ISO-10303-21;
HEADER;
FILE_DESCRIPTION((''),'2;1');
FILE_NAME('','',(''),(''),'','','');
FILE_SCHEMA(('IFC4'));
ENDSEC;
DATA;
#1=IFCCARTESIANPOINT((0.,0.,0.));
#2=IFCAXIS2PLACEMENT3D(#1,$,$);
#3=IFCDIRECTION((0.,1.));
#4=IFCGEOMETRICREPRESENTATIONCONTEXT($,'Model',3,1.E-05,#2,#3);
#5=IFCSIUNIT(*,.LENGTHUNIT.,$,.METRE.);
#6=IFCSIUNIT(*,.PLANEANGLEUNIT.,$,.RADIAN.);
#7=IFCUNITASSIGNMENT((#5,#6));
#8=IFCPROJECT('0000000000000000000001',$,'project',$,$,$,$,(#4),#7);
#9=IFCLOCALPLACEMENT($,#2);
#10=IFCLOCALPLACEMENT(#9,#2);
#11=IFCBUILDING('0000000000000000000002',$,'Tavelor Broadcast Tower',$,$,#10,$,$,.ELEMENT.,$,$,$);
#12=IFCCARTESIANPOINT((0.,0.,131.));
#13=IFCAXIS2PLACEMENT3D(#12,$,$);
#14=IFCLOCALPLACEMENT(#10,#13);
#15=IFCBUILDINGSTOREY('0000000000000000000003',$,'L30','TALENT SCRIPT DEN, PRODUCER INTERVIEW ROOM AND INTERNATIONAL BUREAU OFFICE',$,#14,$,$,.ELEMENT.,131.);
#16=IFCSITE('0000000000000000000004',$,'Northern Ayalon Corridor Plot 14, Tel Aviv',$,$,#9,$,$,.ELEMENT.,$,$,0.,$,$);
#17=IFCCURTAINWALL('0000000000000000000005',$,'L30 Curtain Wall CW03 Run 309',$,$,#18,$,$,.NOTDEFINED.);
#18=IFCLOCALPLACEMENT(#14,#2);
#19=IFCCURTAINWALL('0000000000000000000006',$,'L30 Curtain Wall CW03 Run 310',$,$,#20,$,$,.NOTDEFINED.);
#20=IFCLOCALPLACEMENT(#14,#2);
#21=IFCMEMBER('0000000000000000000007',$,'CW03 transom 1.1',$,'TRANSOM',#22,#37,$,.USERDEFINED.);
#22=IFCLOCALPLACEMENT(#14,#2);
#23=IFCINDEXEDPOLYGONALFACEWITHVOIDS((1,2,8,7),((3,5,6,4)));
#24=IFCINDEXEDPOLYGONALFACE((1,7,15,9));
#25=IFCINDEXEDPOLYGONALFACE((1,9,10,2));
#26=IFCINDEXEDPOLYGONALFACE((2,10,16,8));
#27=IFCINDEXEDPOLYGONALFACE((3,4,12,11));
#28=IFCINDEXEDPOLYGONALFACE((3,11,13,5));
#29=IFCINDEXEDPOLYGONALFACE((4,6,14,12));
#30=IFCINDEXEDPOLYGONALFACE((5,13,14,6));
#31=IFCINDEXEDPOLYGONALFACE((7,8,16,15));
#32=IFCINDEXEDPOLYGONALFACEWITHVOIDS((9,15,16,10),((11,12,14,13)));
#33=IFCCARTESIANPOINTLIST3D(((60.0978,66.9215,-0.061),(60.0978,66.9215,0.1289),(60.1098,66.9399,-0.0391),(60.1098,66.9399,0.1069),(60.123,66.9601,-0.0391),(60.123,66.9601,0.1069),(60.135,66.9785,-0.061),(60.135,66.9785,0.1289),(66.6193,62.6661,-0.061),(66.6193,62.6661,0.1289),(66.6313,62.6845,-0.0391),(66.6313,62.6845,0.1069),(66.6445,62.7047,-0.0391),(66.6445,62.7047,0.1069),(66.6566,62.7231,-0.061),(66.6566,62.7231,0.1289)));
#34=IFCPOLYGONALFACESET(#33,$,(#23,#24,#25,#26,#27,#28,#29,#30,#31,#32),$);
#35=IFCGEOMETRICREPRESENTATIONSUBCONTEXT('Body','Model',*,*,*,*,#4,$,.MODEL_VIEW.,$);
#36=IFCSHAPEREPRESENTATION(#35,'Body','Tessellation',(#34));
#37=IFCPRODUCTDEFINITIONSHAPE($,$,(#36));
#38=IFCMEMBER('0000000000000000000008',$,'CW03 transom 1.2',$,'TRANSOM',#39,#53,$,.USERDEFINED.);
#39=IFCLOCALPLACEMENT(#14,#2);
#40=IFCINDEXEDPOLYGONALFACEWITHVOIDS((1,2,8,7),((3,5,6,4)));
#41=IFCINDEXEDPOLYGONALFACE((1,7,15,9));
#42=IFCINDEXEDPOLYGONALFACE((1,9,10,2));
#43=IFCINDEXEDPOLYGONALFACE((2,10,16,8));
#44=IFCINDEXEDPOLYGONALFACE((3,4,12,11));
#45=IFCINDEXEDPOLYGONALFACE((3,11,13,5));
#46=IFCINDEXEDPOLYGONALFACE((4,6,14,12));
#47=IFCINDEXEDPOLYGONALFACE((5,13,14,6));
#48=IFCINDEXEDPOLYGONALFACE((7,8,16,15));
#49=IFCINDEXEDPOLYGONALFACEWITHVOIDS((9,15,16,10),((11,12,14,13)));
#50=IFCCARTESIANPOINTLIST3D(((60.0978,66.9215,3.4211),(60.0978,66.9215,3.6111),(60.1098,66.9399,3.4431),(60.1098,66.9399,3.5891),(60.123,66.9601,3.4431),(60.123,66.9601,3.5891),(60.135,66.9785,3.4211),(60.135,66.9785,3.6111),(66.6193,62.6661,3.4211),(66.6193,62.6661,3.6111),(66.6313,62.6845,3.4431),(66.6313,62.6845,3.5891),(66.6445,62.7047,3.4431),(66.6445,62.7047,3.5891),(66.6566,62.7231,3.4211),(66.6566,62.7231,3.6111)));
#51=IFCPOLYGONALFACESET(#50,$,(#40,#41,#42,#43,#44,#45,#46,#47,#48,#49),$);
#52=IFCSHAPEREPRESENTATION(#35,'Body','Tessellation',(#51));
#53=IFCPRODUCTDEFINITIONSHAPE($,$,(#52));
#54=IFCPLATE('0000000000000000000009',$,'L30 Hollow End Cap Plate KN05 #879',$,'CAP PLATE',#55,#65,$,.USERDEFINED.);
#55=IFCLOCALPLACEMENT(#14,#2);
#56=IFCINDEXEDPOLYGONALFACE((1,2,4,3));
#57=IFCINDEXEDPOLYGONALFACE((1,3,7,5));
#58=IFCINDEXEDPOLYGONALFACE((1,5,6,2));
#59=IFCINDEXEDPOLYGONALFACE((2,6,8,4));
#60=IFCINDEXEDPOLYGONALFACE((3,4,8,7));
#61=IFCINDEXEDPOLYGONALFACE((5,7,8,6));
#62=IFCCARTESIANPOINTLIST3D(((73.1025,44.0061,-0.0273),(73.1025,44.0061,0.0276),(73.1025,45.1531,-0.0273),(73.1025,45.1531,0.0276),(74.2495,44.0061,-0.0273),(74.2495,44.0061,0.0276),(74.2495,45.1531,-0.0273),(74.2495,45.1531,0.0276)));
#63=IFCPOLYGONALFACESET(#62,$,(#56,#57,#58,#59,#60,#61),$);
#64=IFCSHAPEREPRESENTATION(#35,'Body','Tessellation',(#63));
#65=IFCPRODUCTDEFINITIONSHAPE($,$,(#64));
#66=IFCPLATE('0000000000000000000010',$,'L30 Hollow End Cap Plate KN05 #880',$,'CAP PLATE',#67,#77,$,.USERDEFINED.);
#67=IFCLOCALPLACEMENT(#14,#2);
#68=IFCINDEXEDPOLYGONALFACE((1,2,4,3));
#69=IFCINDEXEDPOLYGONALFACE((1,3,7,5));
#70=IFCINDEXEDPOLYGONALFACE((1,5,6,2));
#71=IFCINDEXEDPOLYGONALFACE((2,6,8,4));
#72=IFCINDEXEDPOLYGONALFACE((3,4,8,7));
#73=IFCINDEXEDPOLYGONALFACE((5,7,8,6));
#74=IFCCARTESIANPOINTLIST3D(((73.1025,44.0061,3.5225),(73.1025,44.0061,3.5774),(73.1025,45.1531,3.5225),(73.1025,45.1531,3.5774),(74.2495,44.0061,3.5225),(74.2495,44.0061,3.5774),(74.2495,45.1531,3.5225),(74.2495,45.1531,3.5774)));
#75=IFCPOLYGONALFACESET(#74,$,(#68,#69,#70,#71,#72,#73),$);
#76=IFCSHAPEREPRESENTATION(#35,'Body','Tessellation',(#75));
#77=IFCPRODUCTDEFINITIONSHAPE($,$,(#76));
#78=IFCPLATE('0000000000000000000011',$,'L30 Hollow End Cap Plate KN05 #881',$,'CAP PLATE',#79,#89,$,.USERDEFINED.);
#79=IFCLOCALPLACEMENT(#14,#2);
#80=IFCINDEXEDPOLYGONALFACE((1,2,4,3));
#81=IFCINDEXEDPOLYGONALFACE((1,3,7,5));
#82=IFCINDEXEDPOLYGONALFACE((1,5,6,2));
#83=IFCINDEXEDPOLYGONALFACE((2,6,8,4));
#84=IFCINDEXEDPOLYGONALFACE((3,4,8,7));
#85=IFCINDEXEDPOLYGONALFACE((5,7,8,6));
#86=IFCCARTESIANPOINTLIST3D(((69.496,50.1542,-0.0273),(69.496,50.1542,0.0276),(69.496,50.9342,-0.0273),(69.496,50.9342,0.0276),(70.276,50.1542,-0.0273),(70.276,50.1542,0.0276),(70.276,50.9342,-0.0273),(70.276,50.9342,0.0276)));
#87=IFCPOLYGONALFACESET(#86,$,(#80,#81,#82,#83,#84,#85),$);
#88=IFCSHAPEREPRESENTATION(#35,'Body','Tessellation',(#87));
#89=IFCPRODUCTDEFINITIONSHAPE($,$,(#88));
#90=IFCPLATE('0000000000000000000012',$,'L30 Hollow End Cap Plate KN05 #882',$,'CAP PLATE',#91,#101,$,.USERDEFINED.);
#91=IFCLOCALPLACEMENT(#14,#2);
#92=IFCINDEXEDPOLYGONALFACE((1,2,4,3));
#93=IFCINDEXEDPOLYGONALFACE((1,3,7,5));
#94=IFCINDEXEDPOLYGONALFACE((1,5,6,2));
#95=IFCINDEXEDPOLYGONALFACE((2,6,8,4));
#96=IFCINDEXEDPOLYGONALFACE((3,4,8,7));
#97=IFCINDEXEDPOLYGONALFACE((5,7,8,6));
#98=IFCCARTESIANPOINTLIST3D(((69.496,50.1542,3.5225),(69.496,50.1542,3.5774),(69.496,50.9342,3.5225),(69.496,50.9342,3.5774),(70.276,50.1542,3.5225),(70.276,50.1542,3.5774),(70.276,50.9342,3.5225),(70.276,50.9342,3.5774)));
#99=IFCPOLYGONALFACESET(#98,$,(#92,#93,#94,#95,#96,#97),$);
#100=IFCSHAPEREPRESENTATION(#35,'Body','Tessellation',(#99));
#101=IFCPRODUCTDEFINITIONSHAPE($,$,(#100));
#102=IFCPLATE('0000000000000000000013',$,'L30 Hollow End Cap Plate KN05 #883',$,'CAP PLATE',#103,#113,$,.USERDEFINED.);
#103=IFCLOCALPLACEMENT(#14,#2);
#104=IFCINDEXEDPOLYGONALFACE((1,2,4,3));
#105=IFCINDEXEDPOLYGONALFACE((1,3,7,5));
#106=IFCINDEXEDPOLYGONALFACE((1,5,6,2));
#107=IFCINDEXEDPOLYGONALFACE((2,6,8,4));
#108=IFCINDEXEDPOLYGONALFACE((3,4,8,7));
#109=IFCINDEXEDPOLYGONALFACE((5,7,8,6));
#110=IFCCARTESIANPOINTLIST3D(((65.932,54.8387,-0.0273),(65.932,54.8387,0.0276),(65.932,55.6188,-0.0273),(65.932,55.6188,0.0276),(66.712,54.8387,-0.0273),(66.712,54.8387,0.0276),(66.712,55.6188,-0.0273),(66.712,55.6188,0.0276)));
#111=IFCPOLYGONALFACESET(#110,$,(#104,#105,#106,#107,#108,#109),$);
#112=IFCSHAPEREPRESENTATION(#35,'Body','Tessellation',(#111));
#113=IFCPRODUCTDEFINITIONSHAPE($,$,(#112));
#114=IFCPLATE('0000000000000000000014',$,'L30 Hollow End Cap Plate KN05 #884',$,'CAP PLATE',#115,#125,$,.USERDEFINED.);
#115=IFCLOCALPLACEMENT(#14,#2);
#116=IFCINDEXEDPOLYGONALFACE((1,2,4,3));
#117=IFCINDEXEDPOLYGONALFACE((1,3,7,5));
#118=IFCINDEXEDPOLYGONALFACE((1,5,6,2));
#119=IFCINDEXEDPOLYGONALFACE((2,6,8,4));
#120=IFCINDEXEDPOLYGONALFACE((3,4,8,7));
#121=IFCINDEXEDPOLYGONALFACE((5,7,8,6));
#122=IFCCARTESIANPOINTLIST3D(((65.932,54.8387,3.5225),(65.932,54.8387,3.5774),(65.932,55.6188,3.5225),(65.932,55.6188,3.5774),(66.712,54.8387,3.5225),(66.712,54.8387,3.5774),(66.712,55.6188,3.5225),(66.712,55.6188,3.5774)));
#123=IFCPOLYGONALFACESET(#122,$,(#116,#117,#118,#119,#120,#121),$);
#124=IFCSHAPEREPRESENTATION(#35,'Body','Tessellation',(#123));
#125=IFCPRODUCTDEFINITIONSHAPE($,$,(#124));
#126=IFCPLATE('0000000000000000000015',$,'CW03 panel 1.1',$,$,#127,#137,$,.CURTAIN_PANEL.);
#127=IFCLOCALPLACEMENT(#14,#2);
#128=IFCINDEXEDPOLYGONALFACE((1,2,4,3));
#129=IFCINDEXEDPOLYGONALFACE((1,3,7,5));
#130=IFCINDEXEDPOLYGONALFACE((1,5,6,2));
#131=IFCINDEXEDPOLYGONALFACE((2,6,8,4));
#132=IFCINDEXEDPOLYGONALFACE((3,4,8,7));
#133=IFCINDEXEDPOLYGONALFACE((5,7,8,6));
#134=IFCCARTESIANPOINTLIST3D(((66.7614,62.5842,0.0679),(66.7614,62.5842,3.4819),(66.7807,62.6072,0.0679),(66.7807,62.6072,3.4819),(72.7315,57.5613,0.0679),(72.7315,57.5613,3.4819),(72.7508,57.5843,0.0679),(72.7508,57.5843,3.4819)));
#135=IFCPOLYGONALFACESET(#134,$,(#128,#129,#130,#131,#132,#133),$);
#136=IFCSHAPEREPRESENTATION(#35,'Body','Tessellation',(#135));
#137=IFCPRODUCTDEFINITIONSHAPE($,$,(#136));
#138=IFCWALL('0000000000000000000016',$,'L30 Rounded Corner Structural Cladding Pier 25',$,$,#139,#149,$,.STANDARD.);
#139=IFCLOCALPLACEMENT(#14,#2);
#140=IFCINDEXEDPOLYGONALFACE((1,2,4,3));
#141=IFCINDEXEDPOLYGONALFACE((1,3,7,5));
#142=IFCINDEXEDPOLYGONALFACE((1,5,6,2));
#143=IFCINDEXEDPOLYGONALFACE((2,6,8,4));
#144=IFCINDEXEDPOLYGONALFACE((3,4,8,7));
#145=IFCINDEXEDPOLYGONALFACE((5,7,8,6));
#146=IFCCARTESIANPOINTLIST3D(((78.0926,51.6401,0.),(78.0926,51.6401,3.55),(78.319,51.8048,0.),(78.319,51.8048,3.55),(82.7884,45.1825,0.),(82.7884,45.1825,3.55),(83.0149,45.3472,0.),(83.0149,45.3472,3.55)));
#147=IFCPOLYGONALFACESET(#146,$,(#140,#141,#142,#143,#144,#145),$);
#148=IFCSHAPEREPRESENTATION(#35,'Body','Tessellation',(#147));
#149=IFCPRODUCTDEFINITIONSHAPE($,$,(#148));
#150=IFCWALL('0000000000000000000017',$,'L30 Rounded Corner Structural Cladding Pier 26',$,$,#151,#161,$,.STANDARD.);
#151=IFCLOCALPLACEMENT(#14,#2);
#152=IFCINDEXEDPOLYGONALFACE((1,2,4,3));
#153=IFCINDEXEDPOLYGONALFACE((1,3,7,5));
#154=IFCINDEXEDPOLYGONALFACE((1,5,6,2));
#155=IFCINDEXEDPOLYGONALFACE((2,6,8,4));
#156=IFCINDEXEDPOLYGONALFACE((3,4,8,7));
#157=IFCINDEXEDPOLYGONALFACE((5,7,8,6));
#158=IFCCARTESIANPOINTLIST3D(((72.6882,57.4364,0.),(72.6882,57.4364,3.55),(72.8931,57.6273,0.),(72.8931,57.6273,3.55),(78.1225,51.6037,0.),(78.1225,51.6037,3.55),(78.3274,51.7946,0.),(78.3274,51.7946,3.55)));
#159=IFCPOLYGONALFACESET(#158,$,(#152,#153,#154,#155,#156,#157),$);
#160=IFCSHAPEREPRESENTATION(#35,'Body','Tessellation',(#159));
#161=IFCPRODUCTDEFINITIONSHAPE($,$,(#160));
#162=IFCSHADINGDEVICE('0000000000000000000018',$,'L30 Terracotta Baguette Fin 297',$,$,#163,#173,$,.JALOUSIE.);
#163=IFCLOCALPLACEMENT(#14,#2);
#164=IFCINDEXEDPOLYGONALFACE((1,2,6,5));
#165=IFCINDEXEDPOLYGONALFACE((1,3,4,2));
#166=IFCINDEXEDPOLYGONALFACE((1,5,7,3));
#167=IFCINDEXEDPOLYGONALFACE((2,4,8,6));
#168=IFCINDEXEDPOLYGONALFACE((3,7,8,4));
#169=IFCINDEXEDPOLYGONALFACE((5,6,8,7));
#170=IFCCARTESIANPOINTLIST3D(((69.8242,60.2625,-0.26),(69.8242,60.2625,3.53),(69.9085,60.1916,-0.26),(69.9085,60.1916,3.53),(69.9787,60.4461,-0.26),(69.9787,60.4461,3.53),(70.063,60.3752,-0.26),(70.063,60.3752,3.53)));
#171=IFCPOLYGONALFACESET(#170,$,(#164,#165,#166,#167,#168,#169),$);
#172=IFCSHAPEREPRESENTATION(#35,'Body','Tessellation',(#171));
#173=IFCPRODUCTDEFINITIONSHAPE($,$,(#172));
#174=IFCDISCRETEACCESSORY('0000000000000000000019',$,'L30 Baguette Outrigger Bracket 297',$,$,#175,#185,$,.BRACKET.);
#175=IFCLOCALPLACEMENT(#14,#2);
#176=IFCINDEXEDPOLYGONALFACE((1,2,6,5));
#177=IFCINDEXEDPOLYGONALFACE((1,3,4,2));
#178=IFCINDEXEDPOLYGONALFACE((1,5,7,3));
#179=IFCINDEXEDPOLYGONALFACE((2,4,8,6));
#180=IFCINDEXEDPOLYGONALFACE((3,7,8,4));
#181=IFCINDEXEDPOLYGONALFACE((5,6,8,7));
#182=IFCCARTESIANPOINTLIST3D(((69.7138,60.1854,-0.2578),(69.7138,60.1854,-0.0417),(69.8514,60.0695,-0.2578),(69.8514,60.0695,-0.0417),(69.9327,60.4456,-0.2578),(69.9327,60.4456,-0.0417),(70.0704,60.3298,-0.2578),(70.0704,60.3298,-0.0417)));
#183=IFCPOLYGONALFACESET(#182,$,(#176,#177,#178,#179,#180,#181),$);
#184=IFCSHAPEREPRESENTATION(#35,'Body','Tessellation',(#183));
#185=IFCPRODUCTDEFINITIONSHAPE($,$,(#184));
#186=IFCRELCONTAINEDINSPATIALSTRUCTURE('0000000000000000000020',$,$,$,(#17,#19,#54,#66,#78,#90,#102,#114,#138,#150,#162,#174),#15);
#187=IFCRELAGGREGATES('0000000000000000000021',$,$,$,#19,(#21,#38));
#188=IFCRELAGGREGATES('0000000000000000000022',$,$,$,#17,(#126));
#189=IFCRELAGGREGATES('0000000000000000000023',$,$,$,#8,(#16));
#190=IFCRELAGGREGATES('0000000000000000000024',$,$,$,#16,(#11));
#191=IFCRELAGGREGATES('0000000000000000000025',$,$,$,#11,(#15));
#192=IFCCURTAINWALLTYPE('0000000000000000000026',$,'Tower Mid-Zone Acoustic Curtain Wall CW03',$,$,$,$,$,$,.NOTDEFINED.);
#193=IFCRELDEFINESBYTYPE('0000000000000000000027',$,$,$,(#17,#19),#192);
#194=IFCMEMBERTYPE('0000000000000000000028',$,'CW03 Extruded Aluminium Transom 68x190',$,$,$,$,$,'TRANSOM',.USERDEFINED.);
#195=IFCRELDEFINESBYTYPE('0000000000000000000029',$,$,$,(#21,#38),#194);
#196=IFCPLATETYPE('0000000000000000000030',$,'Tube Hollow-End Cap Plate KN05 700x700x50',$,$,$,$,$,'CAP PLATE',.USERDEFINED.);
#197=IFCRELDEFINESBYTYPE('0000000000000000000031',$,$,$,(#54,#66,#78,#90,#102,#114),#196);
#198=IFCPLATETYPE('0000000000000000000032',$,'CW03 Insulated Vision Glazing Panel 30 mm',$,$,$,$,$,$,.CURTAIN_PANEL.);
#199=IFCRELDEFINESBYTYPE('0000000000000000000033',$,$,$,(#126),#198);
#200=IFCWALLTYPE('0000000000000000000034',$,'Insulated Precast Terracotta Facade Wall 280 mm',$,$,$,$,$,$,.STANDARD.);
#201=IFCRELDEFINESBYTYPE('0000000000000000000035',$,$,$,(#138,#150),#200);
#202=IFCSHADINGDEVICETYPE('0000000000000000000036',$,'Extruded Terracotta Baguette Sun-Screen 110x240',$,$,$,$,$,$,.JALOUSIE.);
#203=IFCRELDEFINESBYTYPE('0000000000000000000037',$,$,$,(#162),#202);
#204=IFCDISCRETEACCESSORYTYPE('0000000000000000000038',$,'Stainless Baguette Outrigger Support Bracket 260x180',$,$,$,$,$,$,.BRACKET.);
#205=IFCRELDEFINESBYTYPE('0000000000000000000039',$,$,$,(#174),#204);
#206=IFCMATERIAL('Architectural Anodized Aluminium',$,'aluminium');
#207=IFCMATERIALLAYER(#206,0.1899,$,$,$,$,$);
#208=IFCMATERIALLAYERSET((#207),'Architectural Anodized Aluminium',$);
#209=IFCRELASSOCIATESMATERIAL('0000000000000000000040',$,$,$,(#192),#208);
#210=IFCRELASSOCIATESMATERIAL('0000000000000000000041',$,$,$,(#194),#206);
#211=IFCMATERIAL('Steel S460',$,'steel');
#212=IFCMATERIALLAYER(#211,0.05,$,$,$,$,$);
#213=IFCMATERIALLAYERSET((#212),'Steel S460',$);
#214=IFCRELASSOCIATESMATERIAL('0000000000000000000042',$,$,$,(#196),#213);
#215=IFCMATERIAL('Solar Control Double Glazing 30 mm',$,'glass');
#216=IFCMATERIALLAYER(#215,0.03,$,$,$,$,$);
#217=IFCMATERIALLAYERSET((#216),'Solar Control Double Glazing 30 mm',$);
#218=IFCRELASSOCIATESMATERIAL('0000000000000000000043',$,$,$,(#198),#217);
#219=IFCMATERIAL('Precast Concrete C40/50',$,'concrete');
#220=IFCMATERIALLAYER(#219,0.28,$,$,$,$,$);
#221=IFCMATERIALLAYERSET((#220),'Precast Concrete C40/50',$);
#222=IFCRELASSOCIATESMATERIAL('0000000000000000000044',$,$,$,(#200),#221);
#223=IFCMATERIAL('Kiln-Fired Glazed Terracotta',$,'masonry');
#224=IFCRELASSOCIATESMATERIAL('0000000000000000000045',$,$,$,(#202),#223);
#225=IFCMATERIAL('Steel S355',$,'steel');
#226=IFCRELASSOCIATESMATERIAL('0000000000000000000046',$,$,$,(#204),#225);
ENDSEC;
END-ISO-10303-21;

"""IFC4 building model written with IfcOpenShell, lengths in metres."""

from ifc_helpers import new_model, si_unit, direction, frame, frame_2d, origin, origin_2d, place, context, subcontext, project, spatial, rectangle, hollow_rectangle, extrude, source, transform, mapped, material, layer, layer_set, material_profile, profile_set, type_object, type_shapes, element, aggregate, save


model = new_model("IFC4")

# Units and contexts
model_context = context("Model", 3, precision=1e-05, world=origin(), true_north=direction((0.0, 1.0)))
body_context = subcontext(model_context, "Body", "Model", "MODEL_VIEW")
ifc_project = project(units=[si_unit("LENGTHUNIT", "METRE"), si_unit("PLANEANGLEUNIT", "RADIAN")], contexts=[model_context])

# Site, building, storey
site_placement = place(None, origin())
site = spatial("IfcSite", under=ifc_project, at=site_placement, Name="Northern Ayalon Corridor Plot 14, Tel Aviv", CompositionType="ELEMENT", RefElevation=0.0)
building_placement = place(site_placement, origin())
building = spatial("IfcBuilding", under=site, at=building_placement, Name="Tavelor Broadcast Tower", CompositionType="ELEMENT")
storey_placement = place(building_placement, frame((0.0, 0.0, 131.0)))
storey = spatial("IfcBuildingStorey", under=building, at=storey_placement, Name="L30", Description="TALENT SCRIPT DEN, PRODUCER INTERVIEW ROOM AND INTERNATIONAL BUREAU OFFICE", CompositionType="ELEMENT", Elevation=131.0)

# Shared definitions
ifc_material_1 = material(Name="Steel S460", Category="steel")

# Shared definitions
ifc_material_2 = material(Name="Steel S355", Category="steel")

# Curtain wall
ifc_material_3 = material(Name="Architectural Anodized Aluminium", Category="aluminium")
ifc_layer_1 = layer(ifc_material_3, 0.1899)
ifc_layer_set_1 = layer_set([ifc_layer_1], Name="Architectural Anodized Aluminium")
curtain_wall_type = type_object("IfcCurtainWallType", Name="Tower Mid-Zone Acoustic Curtain Wall CW03", PredefinedType="NOTDEFINED", material=ifc_layer_set_1)
curtain_wall_1_placement = place(storey_placement, origin())
curtain_wall_1 = element("IfcCurtainWall", 1, at=curtain_wall_1_placement, inside=storey, type_object=curtain_wall_type, Name="L30 Curtain Wall CW03 Run 309", PredefinedType="NOTDEFINED")

# Curtain wall
curtain_wall_2_placement = place(storey_placement, origin())
curtain_wall_2 = element("IfcCurtainWall", 2, at=curtain_wall_2_placement, inside=storey, type_object=curtain_wall_type, Name="L30 Curtain Wall CW03 Run 310", PredefinedType="NOTDEFINED")

# Members
ifc_material_profile_1 = material_profile(ifc_material_3, hollow_rectangle(XDim=0.0681, YDim=0.1899, WallThickness=0.022, at=origin_2d()), Name="RHS 68x190x22")
ifc_profile_set_1 = profile_set([ifc_material_profile_1], Name="Architectural Anodized Aluminium")
member_type_1 = type_object("IfcMemberType", Name="CW03 Extruded Aluminium Transom 68x190", ElementType="TRANSOM", PredefinedType="USERDEFINED", material=ifc_profile_set_1)
shared_shape_1 = source(origin(), body_context, "Body", "SweptSolid", [
    extrude(hollow_rectangle(XDim=0.0681, YDim=0.1899, WallThickness=0.022, at=origin_2d()), origin(), (0.0, 0.0, 1.0), 7.7871),
])
member_1_placement = place(storey_placement, frame((66.6379, 62.6946, 0.0339), z_axis=(-0.83748, 0.546469, 0.0), x_axis=(-0.546469, -0.83748, 0.0)))
member_1 = element("IfcMember", 3, at=member_1_placement, type_object=member_type_1, Name="CW03 transom 1.1", ObjectType="TRANSOM", PredefinedType="USERDEFINED", context=body_context, shape_type="MappedRepresentation", body=[
    mapped(shared_shape_1, transform((0.0, 0.0, 0.0), scale=1.0)),
])
member_2_placement = place(storey_placement, frame((66.6379, 62.6946, 3.5161), z_axis=(-0.83748, 0.546469, 0.0), x_axis=(-0.546469, -0.83748, 0.0)))
member_2 = element("IfcMember", 4, at=member_2_placement, type_object=member_type_1, Name="CW03 transom 1.2", ObjectType="TRANSOM", PredefinedType="USERDEFINED", context=body_context, shape_type="MappedRepresentation", body=[
    mapped(shared_shape_1, transform((0.0, 0.0, 0.0), scale=1.0)),
])
aggregate(curtain_wall_2, [member_1, member_2])

# Plates
ifc_layer_2 = layer(ifc_material_1, 0.05)
ifc_layer_set_2 = layer_set([ifc_layer_2], Name="Steel S460")
plate_type_1 = type_object("IfcPlateType", Name="Tube Hollow-End Cap Plate KN05 700x700x50", ElementType="CAP PLATE", PredefinedType="USERDEFINED", material=ifc_layer_set_2)
shared_shape_2 = source(origin(), body_context, "Body", "SweptSolid", [
    extrude(rectangle(XDim=1.147, YDim=1.147, at=origin_2d()), origin(), (0.0, 0.0, 1.0), 0.0549),
])
for number, where, z_axis, x_axis, name in (
    (5, (73.676, 44.5796, -0.0273), (0.0, 0.0, 1.0), (1.0, 0.0, 0.0), "L30 Hollow End Cap Plate KN05 #879"),
    (6, (73.676, 44.5796, 3.5225), (0.0, 0.0, 1.0), (1.0, 0.0, 0.0), "L30 Hollow End Cap Plate KN05 #880"),
):
    element("IfcPlate", number, at=place(storey_placement, frame(where, z_axis=z_axis, x_axis=x_axis)), inside=storey, type_object=plate_type_1, Name=name, ObjectType="CAP PLATE", PredefinedType="USERDEFINED", context=body_context, shape_type="MappedRepresentation", body=[
        mapped(shared_shape_2, transform((0.0, 0.0, 0.0), scale=1.0)),
    ])
shared_shape_3 = source(origin(), body_context, "Body", "SweptSolid", [
    extrude(rectangle(XDim=0.78, YDim=0.78, at=origin_2d()), origin(), (0.0, 0.0, 1.0), 0.0549),
])
type_shapes(plate_type_1, [shared_shape_2, shared_shape_3])
for number, where, z_axis, x_axis, name in (
    (7, (69.886, 50.5442, -0.0273), (0.0, 0.0, 1.0), (1.0, 0.0, 0.0), "L30 Hollow End Cap Plate KN05 #881"),
    (8, (69.886, 50.5442, 3.5225), (0.0, 0.0, 1.0), (1.0, 0.0, 0.0), "L30 Hollow End Cap Plate KN05 #882"),
    (9, (66.322, 55.2288, -0.0273), (0.0, 0.0, 1.0), (1.0, 0.0, 0.0), "L30 Hollow End Cap Plate KN05 #883"),
    (10, (66.322, 55.2288, 3.5225), (0.0, 0.0, 1.0), (1.0, 0.0, 0.0), "L30 Hollow End Cap Plate KN05 #884"),
):
    element("IfcPlate", number, at=place(storey_placement, frame(where, z_axis=z_axis, x_axis=x_axis)), inside=storey, type_object=plate_type_1, Name=name, ObjectType="CAP PLATE", PredefinedType="USERDEFINED", context=body_context, shape_type="MappedRepresentation", body=[
        mapped(shared_shape_3, transform((0.0, 0.0, 0.0), scale=1.0)),
    ])

# Plate
ifc_material_4 = material(Name="Solar Control Double Glazing 30 mm", Category="glass")
ifc_layer_3 = layer(ifc_material_4, 0.03)
ifc_layer_set_3 = layer_set([ifc_layer_3], Name="Solar Control Double Glazing 30 mm")
plate_type_2 = type_object("IfcPlateType", Name="CW03 Insulated Vision Glazing Panel 30 mm", PredefinedType="CURTAIN_PANEL", material=ifc_layer_set_3)
shared_shape_4 = source(origin(), body_context, "Body", "SweptSolid", [
    extrude(rectangle(XDim=7.802, YDim=0.03, at=origin_2d()), origin(), (0.0, 0.0, 1.0), 3.4141),
])
type_shapes(plate_type_2, [shared_shape_4])
plate_placement = place(storey_placement, frame((69.7561, 60.0842, 0.0679), z_axis=(0.0, 0.0, 1.0), x_axis=(-0.765198, 0.643795, 0.0)))
plate = element("IfcPlate", 11, at=plate_placement, type_object=plate_type_2, Name="CW03 panel 1.1", PredefinedType="CURTAIN_PANEL", context=body_context, shape_type="MappedRepresentation", body=[
    mapped(shared_shape_4, transform((0.0, 0.0, 0.0), scale=1.0)),
])
aggregate(curtain_wall_1, [plate])

# Walls
ifc_material_5 = material(Name="Precast Concrete C40/50", Category="concrete")
ifc_layer_4 = layer(ifc_material_5, 0.28)
ifc_layer_set_4 = layer_set([ifc_layer_4], Name="Precast Concrete C40/50")
wall_type = type_object("IfcWallType", Name="Insulated Precast Terracotta Facade Wall 280 mm", PredefinedType="STANDARD", material=ifc_layer_set_4)
wall_1_placement = place(storey_placement, frame((82.9016, 45.2649, 0.0), z_axis=(0.0, 0.0, 1.0), x_axis=(-0.588124, 0.80877, 0.0)))
element("IfcWall", 12, at=wall_1_placement, inside=storey, type_object=wall_type, Name="L30 Rounded Corner Structural Cladding Pier 25", PredefinedType="STANDARD", context=body_context, shape_type="SweptSolid", body=[
    extrude(rectangle(XDim=7.9844, YDim=0.28, at=frame_2d((3.9922, 0.0))), origin(), (0.0, 0.0, 1.0), 3.55),
])
wall_2_placement = place(storey_placement, frame((78.2249, 51.6992, 0.0), z_axis=(0.0, 0.0, 1.0), x_axis=(-0.681675, 0.731655, 0.0)))
element("IfcWall", 13, at=wall_2_placement, inside=storey, type_object=wall_type, Name="L30 Rounded Corner Structural Cladding Pier 26", PredefinedType="STANDARD", context=body_context, shape_type="SweptSolid", body=[
    extrude(rectangle(XDim=7.9719, YDim=0.28, at=frame_2d((3.9858, 0.0))), origin(), (0.0, 0.0, 1.0), 3.55),
])

# Shading device
ifc_material_6 = material(Name="Kiln-Fired Glazed Terracotta", Category="masonry")
shading_device_type = type_object("IfcShadingDeviceType", Name="Extruded Terracotta Baguette Sun-Screen 110x240", PredefinedType="JALOUSIE", material=ifc_material_6)
shared_shape_5 = source(origin(), body_context, "Body", "SweptSolid", [
    extrude(rectangle(XDim=0.1101, YDim=0.24, at=origin_2d()), origin(), (0.0, 0.0, 1.0), 3.79),
])
type_shapes(shading_device_type, [shared_shape_5])
shading_device_placement = place(storey_placement, frame((69.9436, 60.3188, -0.26), z_axis=(0.0, 0.0, 1.0), x_axis=(-0.765146, 0.643857, 0.0)))
element("IfcShadingDevice", 14, at=shading_device_placement, inside=storey, type_object=shading_device_type, Name="L30 Terracotta Baguette Fin 297", PredefinedType="JALOUSIE", context=body_context, shape_type="MappedRepresentation", body=[
    mapped(shared_shape_5, transform((0.0, 0.0, 0.0), scale=1.0)),
])

# Discrete accessory
discrete_accessory_type = type_object("IfcDiscreteAccessoryType", Name="Stainless Baguette Outrigger Support Bracket 260x180", PredefinedType="BRACKET", material=ifc_material_2)
shared_shape_6 = source(origin(), body_context, "Body", "SweptSolid", [
    extrude(rectangle(XDim=0.1799, YDim=0.3401, at=origin_2d()), origin(), (0.0, 0.0, 1.0), 0.2161),
])
type_shapes(discrete_accessory_type, [shared_shape_6])
discrete_accessory_placement = place(storey_placement, frame((69.8921, 60.2576, -0.2578), z_axis=(0.0, 0.0, 1.0), x_axis=(-0.765146, 0.643857, 0.0)))
element("IfcDiscreteAccessory", 15, at=discrete_accessory_placement, inside=storey, type_object=discrete_accessory_type, Name="L30 Baguette Outrigger Bracket 297", PredefinedType="BRACKET", context=body_context, shape_type="MappedRepresentation", body=[
    mapped(shared_shape_6, transform((0.0, 0.0, 0.0), scale=1.0)),
])

save(model, "model.ifc")
